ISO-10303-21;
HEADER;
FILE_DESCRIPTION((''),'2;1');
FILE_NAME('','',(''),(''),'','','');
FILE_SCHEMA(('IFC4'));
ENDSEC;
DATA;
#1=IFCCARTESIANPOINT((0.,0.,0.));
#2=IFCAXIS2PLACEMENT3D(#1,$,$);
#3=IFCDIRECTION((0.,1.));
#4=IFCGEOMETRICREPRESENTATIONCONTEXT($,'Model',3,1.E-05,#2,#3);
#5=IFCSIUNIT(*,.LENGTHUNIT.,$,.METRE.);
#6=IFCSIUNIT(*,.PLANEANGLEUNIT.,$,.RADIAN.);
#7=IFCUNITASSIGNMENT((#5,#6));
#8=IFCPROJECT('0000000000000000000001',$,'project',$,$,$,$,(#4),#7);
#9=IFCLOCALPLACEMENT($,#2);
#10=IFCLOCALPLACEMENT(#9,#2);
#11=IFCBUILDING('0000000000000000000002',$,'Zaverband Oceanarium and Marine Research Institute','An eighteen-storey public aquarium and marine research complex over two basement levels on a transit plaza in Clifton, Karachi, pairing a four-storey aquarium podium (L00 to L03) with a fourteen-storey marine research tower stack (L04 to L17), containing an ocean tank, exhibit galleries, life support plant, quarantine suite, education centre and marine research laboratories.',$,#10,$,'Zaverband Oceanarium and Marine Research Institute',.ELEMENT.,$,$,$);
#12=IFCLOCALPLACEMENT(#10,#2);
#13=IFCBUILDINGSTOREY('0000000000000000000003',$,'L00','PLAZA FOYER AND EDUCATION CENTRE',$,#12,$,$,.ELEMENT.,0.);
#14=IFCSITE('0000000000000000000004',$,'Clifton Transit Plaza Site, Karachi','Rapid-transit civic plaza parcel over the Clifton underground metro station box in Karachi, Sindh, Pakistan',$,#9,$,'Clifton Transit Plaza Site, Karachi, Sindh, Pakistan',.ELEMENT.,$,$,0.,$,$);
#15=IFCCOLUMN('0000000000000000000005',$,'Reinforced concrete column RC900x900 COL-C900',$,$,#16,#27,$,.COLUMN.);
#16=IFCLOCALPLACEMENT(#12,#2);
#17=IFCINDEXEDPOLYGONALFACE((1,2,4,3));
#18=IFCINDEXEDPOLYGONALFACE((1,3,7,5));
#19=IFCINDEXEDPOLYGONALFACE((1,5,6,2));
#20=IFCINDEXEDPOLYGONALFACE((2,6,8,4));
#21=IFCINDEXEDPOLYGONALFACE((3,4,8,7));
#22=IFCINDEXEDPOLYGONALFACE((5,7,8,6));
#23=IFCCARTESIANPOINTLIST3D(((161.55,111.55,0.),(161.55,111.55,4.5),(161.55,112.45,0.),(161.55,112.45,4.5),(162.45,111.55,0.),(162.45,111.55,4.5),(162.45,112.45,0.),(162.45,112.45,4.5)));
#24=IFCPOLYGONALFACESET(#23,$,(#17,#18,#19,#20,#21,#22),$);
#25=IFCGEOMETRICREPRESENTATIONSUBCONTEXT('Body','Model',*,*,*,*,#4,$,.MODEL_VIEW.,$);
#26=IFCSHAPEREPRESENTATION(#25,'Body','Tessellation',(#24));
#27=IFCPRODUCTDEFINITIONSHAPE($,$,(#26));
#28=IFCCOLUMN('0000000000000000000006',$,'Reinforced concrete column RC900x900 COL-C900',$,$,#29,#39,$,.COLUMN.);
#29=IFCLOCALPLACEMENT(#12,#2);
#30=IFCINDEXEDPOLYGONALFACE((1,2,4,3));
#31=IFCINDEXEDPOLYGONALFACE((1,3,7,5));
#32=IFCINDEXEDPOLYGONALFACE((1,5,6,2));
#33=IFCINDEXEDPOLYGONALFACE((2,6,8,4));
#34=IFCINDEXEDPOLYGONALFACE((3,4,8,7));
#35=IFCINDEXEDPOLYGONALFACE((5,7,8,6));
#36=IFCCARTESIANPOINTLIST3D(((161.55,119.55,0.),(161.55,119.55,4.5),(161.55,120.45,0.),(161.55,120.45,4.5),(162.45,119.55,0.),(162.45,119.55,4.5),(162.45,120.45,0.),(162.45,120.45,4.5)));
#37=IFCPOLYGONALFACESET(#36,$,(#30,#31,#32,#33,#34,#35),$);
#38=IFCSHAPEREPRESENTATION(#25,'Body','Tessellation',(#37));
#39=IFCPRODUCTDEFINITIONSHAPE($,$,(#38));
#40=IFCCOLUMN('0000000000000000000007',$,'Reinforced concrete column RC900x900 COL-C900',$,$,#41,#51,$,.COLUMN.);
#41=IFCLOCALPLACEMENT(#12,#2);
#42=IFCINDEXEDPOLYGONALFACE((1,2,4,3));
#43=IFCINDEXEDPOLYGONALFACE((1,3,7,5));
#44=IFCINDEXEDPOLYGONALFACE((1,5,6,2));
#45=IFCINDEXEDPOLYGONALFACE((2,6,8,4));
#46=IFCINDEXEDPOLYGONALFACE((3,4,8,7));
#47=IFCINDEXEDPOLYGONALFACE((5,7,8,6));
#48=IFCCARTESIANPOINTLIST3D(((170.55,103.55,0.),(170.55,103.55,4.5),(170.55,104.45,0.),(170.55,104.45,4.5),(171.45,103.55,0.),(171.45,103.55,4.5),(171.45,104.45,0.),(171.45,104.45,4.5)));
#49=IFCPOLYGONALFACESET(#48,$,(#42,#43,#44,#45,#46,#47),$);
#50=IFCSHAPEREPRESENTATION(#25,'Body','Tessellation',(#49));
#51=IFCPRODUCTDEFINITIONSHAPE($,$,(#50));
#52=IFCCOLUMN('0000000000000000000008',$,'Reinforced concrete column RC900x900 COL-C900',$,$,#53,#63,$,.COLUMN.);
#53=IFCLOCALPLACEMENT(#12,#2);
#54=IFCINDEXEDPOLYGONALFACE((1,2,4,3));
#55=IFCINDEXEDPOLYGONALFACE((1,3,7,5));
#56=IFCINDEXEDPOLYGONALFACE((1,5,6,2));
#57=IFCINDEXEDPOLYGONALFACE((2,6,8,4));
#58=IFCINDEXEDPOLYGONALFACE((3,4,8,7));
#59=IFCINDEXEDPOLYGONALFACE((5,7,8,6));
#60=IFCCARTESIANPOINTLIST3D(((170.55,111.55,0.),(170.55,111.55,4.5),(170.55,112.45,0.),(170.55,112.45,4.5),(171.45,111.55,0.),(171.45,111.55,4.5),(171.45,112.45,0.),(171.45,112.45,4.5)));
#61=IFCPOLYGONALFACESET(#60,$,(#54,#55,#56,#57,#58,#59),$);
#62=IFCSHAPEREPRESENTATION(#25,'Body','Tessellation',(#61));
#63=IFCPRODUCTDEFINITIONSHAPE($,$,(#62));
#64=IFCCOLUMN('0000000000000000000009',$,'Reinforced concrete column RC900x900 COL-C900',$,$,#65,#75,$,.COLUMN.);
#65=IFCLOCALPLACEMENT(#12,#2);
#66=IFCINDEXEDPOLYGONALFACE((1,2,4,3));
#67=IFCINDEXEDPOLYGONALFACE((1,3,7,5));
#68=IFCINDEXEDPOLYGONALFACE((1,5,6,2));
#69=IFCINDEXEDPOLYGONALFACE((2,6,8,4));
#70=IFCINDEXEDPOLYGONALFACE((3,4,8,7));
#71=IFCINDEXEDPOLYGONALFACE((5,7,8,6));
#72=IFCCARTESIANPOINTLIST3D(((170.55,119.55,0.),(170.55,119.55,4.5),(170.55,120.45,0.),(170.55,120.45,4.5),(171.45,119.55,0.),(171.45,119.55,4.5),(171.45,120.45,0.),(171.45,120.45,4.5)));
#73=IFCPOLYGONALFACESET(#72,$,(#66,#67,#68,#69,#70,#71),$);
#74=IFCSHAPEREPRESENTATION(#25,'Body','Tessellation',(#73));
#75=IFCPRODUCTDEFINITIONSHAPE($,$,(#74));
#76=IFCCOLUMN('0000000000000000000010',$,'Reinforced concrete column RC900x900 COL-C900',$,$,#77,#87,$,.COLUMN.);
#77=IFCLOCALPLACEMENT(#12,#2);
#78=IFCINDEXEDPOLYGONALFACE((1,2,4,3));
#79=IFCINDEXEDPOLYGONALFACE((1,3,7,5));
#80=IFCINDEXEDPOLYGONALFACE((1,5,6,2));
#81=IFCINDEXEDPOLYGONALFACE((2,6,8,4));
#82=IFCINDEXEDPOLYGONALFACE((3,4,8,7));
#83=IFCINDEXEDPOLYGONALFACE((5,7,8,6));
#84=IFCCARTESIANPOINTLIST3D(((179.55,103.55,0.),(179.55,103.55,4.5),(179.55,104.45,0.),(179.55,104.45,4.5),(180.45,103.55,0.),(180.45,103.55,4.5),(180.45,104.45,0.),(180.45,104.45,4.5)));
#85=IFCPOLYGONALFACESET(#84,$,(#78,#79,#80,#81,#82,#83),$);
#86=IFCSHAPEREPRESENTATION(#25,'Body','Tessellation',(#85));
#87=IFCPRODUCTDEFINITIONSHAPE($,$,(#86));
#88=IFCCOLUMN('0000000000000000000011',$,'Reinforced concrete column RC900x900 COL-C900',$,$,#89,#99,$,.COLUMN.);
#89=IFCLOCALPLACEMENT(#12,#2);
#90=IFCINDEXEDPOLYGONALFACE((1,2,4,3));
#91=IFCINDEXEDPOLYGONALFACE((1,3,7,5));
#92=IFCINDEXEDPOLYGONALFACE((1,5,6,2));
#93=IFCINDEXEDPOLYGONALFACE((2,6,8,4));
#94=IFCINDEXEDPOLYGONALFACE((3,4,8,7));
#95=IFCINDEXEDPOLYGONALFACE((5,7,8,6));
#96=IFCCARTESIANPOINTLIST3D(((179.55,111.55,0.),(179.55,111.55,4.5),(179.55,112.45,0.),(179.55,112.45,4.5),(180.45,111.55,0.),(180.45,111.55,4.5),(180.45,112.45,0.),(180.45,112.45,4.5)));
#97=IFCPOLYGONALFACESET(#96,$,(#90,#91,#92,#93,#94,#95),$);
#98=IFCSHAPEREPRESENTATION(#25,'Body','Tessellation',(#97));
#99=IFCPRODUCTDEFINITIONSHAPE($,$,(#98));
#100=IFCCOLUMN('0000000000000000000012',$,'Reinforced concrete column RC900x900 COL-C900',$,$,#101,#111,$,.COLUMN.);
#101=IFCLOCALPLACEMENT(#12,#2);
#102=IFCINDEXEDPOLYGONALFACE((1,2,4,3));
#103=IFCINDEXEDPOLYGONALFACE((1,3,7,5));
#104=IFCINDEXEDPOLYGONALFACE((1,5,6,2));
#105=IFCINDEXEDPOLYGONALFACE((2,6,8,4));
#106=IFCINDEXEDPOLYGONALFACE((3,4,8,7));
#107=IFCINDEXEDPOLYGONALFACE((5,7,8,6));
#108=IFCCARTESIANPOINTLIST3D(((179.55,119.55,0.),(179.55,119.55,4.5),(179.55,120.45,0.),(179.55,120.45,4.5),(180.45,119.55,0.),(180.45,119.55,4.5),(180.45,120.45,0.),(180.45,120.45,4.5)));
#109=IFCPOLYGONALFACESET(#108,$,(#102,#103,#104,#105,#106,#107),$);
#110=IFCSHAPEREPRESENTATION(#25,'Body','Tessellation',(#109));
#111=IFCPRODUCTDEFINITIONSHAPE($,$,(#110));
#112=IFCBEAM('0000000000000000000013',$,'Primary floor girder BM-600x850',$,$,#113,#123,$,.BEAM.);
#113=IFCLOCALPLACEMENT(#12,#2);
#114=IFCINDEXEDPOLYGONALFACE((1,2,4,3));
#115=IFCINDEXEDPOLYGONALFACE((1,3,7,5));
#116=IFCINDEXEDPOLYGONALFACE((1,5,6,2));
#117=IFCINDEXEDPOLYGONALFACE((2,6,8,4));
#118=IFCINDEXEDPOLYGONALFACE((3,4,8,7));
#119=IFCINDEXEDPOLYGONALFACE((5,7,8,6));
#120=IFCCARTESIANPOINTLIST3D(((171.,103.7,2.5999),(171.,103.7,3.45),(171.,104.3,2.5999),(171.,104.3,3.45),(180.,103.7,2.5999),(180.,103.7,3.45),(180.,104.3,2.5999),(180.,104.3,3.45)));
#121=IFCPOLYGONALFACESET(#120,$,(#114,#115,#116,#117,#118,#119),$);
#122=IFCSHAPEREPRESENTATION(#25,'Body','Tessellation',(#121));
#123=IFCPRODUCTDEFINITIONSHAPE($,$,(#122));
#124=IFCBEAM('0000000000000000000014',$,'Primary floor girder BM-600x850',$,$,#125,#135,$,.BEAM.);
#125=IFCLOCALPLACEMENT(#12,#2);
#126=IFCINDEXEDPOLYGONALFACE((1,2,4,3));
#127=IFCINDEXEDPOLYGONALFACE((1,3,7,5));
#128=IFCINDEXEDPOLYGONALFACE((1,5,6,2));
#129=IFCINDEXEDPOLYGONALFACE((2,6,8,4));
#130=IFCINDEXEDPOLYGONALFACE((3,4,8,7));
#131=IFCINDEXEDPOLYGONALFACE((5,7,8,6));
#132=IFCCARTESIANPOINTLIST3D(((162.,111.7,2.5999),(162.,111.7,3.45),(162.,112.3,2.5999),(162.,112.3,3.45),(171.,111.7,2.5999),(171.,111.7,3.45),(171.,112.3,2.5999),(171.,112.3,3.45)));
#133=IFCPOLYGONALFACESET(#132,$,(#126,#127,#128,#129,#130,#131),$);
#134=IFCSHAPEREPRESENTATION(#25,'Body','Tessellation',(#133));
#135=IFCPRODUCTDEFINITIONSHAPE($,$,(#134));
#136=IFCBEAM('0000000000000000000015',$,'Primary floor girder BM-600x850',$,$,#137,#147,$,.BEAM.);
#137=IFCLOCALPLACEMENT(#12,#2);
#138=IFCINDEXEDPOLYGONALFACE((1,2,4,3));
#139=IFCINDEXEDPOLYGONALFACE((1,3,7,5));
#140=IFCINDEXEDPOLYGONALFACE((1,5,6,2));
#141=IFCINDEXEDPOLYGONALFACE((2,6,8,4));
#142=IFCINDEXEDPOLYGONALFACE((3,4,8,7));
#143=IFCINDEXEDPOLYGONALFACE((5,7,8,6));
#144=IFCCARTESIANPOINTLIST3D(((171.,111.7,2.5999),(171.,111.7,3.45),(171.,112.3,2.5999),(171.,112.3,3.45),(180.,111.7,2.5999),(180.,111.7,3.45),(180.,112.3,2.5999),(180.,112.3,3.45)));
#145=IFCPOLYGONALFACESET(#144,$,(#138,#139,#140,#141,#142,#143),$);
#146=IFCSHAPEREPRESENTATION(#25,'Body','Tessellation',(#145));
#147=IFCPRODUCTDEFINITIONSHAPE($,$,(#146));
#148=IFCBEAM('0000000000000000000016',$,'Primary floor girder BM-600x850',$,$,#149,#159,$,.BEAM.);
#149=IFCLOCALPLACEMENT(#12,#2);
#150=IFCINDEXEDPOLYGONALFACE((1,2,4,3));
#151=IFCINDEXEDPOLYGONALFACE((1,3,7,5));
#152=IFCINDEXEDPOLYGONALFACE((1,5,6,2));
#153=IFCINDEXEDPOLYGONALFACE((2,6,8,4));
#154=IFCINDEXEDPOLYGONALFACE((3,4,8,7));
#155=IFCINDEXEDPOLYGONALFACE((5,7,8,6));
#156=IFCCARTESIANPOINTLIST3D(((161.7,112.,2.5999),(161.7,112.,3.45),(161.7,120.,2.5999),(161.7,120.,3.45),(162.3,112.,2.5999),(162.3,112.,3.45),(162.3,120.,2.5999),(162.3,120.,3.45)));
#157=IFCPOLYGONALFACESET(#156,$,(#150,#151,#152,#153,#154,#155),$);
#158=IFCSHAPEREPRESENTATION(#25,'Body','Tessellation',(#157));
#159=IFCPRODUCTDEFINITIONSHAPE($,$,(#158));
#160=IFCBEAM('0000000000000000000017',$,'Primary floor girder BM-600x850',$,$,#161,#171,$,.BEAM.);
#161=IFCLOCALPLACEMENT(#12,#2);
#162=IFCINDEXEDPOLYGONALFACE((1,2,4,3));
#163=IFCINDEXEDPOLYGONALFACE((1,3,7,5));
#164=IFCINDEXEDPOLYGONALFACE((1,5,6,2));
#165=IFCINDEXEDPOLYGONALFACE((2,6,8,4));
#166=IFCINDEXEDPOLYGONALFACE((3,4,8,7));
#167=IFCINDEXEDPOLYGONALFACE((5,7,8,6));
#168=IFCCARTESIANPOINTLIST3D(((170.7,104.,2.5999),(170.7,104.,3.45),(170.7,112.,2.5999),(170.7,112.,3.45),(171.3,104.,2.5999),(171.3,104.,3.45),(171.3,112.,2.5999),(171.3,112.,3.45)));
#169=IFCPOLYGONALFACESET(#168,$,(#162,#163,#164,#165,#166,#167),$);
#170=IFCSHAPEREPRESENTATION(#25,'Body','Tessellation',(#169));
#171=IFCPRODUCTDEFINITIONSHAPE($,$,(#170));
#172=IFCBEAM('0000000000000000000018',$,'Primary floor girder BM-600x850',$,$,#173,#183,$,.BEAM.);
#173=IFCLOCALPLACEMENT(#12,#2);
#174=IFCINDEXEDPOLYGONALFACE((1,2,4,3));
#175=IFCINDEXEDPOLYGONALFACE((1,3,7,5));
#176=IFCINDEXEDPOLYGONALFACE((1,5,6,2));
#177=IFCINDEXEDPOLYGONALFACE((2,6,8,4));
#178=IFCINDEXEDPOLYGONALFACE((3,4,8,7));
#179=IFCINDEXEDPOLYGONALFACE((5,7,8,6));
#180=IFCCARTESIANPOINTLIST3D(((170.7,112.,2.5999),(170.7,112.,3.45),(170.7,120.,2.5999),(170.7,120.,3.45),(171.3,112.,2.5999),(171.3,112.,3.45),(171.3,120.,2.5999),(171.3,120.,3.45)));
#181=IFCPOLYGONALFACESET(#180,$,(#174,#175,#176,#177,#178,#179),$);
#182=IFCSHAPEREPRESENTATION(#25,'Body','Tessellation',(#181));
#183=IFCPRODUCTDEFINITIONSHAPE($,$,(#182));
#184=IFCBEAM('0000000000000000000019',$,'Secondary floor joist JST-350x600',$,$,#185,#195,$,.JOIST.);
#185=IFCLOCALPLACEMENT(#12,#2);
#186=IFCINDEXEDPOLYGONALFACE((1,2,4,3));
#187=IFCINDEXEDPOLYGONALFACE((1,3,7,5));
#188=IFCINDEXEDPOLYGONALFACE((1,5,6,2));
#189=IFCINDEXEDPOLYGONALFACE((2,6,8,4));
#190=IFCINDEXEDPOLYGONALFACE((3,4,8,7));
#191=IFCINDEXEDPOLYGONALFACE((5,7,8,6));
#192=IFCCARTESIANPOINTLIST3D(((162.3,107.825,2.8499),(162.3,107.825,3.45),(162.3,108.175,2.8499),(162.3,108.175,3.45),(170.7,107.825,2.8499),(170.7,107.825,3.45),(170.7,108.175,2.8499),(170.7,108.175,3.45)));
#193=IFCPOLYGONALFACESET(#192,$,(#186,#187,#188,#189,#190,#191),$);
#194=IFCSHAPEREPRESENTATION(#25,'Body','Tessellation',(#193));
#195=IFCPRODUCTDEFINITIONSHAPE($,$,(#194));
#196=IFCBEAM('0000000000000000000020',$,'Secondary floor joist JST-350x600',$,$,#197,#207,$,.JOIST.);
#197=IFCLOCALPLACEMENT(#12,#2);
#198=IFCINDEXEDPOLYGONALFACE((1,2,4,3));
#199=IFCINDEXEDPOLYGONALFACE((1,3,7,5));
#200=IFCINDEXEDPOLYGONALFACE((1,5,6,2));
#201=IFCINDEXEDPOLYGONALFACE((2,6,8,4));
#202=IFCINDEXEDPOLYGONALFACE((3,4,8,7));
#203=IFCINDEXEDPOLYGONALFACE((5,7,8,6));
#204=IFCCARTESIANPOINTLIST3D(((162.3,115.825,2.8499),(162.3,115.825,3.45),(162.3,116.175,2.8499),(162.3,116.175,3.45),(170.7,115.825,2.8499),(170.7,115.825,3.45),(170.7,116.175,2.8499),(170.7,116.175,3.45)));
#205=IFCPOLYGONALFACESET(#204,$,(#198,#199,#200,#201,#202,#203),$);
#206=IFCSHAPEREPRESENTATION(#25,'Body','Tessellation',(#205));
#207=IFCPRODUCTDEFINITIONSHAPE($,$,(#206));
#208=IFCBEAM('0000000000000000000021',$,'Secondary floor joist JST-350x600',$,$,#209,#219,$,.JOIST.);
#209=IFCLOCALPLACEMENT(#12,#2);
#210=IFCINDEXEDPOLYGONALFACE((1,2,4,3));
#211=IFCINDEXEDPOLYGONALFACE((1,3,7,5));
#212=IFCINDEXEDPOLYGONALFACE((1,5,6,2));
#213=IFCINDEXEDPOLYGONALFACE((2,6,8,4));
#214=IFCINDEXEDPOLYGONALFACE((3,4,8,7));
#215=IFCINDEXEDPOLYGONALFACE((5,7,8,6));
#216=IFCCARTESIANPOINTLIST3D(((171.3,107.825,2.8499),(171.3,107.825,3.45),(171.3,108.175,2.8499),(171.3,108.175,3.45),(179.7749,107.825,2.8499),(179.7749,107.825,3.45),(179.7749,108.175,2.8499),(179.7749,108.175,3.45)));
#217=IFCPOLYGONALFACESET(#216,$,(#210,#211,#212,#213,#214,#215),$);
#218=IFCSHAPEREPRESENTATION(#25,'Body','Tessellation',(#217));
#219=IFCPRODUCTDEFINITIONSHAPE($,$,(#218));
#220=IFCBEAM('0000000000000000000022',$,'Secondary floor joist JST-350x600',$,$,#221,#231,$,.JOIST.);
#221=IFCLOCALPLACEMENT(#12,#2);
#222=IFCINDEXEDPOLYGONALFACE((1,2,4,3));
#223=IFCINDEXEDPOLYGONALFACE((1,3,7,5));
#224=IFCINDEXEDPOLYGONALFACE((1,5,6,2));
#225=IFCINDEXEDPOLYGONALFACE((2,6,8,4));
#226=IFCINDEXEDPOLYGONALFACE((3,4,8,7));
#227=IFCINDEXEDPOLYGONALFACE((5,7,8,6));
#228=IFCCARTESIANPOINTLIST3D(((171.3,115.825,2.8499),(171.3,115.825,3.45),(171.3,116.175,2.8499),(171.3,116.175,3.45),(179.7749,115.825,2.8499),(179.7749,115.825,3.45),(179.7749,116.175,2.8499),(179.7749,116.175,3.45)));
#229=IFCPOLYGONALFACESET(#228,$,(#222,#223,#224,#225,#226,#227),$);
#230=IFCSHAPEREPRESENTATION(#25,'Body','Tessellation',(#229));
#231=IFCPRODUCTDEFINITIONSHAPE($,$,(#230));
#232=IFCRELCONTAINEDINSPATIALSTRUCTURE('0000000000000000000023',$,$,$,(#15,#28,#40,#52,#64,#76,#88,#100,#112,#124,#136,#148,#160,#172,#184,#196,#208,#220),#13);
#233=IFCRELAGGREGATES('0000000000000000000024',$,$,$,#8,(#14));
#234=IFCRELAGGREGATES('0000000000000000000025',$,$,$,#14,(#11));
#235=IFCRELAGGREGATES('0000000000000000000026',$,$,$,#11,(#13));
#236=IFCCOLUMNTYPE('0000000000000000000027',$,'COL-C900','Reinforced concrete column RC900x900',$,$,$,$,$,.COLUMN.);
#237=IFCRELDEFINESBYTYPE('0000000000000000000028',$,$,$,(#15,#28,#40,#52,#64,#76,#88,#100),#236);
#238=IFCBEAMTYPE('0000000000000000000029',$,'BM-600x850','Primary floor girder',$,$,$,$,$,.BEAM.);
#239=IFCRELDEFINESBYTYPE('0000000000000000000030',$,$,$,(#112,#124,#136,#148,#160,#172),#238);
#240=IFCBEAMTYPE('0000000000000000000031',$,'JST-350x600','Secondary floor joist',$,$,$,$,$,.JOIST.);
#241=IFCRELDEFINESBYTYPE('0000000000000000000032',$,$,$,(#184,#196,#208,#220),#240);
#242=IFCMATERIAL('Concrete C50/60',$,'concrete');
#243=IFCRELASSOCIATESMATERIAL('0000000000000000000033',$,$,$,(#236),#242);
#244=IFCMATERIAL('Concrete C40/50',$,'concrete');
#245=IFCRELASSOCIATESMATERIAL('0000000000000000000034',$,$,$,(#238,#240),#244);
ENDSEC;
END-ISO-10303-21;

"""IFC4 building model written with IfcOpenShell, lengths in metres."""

from ifc_helpers import new_model, si_unit, direction, frame, origin, origin_2d, place, context, subcontext, project, spatial, rectangle, extrude, material, material_profile, profile_set, type_object, element, save


model = new_model("IFC4")

# Units and contexts
model_context = context("Model", 3, precision=1e-05, world=origin(), true_north=direction((0.0, 1.0)))
body_context = subcontext(model_context, "Body", "Model", "MODEL_VIEW")
ifc_project = project(units=[si_unit("LENGTHUNIT", "METRE"), si_unit("PLANEANGLEUNIT", "RADIAN")], contexts=[model_context])

# Site, building, storey
site_placement = place(None, origin())
site = spatial("IfcSite", under=ifc_project, at=site_placement, Name="Clifton Transit Plaza Site, Karachi", Description="Rapid-transit civic plaza parcel over the Clifton underground metro station box in Karachi, Sindh, Pakistan", LongName="Clifton Transit Plaza Site, Karachi, Sindh, Pakistan", CompositionType="ELEMENT", RefElevation=0.0)
building_placement = place(site_placement, origin())
building = spatial("IfcBuilding", under=site, at=building_placement, Name="Zaverband Oceanarium and Marine Research Institute", Description="An eighteen-storey public aquarium and marine research complex over two basement levels on a transit plaza in Clifton, Karachi, pairing a four-storey aquarium podium (L00 to L03) with a fourteen-storey marine research tower stack (L04 to L17), containing an ocean tank, exhibit galleries, life support plant, quarantine suite, education centre and marine research laboratories.", LongName="Zaverband Oceanarium and Marine Research Institute", CompositionType="ELEMENT")
storey_placement = place(building_placement, origin())
storey = spatial("IfcBuildingStorey", under=building, at=storey_placement, Name="L00", Description="PLAZA FOYER AND EDUCATION CENTRE", CompositionType="ELEMENT", Elevation=0.0)

# Columns
ifc_material_1 = material(Name="Concrete C50/60", Category="concrete")
ifc_material_profile_1 = material_profile(ifc_material_1, rectangle(XDim=0.8999, YDim=0.8999, at=origin_2d()), Name="RC900x900")
ifc_profile_set_1 = profile_set([ifc_material_profile_1], Name="Concrete C50/60")
column_type = type_object("IfcColumnType", Name="COL-C900", Description="Reinforced concrete column RC900x900", PredefinedType="COLUMN", material=ifc_profile_set_1)
for number, where, z_axis, x_axis, name in (
    (1, (162.0, 112.0, 0.0), (0.0, 0.0, 1.0), (1.0, 0.0, 0.0), "Reinforced concrete column RC900x900 COL-C900"),
    (2, (162.0, 120.0, 0.0), (0.0, 0.0, 1.0), (1.0, 0.0, 0.0), "Reinforced concrete column RC900x900 COL-C900"),
    (3, (171.0, 104.0, 0.0), (0.0, 0.0, 1.0), (1.0, 0.0, 0.0), "Reinforced concrete column RC900x900 COL-C900"),
    (4, (171.0, 112.0, 0.0), (0.0, 0.0, 1.0), (1.0, 0.0, 0.0), "Reinforced concrete column RC900x900 COL-C900"),
    (5, (171.0, 120.0, 0.0), (0.0, 0.0, 1.0), (1.0, 0.0, 0.0), "Reinforced concrete column RC900x900 COL-C900"),
    (6, (180.0, 104.0, 0.0), (0.0, 0.0, 1.0), (1.0, 0.0, 0.0), "Reinforced concrete column RC900x900 COL-C900"),
    (7, (180.0, 112.0, 0.0), (0.0, 0.0, 1.0), (1.0, 0.0, 0.0), "Reinforced concrete column RC900x900 COL-C900"),
    (8, (180.0, 120.0, 0.0), (0.0, 0.0, 1.0), (1.0, 0.0, 0.0), "Reinforced concrete column RC900x900 COL-C900"),
):
    element("IfcColumn", number, at=place(storey_placement, frame(where, z_axis=z_axis, x_axis=x_axis)), inside=storey, type_object=column_type, Name=name, PredefinedType="COLUMN", context=body_context, shape_type="SweptSolid", body=[
        extrude(rectangle(XDim=0.8999, YDim=0.8999, at=origin_2d()), origin(), (0.0, 0.0, 1.0), 4.5),
    ])

# Beams
ifc_material_2 = material(Name="Concrete C40/50", Category="concrete")
ifc_material_profile_2 = material_profile(ifc_material_2, rectangle(XDim=0.6001, YDim=0.8501, at=origin_2d()), Name="RC600x850")
ifc_profile_set_2 = profile_set([ifc_material_profile_2], Name="Concrete C40/50")
beam_type_1 = type_object("IfcBeamType", Name="BM-600x850", Description="Primary floor girder", PredefinedType="BEAM", material=ifc_profile_set_2)
for number, where, z_axis, x_axis, name in (
    (9, (171.0, 104.0, 3.0249), (1.0, 0.0, 0.0), (0.0, 1.0, 0.0), "Primary floor girder BM-600x850"),
    (10, (162.0, 112.0, 3.0249), (1.0, 0.0, 0.0), (0.0, 1.0, 0.0), "Primary floor girder BM-600x850"),
    (11, (171.0, 112.0, 3.0249), (1.0, 0.0, 0.0), (0.0, 1.0, 0.0), "Primary floor girder BM-600x850"),
):
    element("IfcBeam", number, at=place(storey_placement, frame(where, z_axis=z_axis, x_axis=x_axis)), inside=storey, type_object=beam_type_1, Name=name, PredefinedType="BEAM", context=body_context, shape_type="SweptSolid", body=[
        extrude(rectangle(XDim=0.6001, YDim=0.8501, at=origin_2d()), origin(), (0.0, 0.0, 1.0), 9.0),
    ])
for number, where, z_axis, x_axis, name in (
    (12, (162.0, 112.0, 3.0249), (0.0, 1.0, 0.0), (-1.0, 0.0, 0.0), "Primary floor girder BM-600x850"),
    (13, (171.0, 104.0, 3.0249), (0.0, 1.0, 0.0), (-1.0, 0.0, 0.0), "Primary floor girder BM-600x850"),
    (14, (171.0, 112.0, 3.0249), (0.0, 1.0, 0.0), (-1.0, 0.0, 0.0), "Primary floor girder BM-600x850"),
):
    element("IfcBeam", number, at=place(storey_placement, frame(where, z_axis=z_axis, x_axis=x_axis)), inside=storey, type_object=beam_type_1, Name=name, PredefinedType="BEAM", context=body_context, shape_type="SweptSolid", body=[
        extrude(rectangle(XDim=0.6001, YDim=0.8501, at=origin_2d()), origin(), (0.0, 0.0, 1.0), 8.0),
    ])
ifc_material_profile_3 = material_profile(ifc_material_2, rectangle(XDim=0.3501, YDim=0.6001, at=origin_2d()), Name="RC350x600")
ifc_profile_set_3 = profile_set([ifc_material_profile_3], Name="Concrete C40/50")
beam_type_2 = type_object("IfcBeamType", Name="JST-350x600", Description="Secondary floor joist", PredefinedType="JOIST", material=ifc_profile_set_3)
for number, where, z_axis, x_axis, name in (
    (15, (162.3, 108.0, 3.1499), (1.0, 0.0, 0.0), (0.0, 1.0, 0.0), "Secondary floor joist JST-350x600"),
    (16, (162.3, 116.0, 3.1499), (1.0, 0.0, 0.0), (0.0, 1.0, 0.0), "Secondary floor joist JST-350x600"),
):
    element("IfcBeam", number, at=place(storey_placement, frame(where, z_axis=z_axis, x_axis=x_axis)), inside=storey, type_object=beam_type_2, Name=name, PredefinedType="JOIST", context=body_context, shape_type="SweptSolid", body=[
        extrude(rectangle(XDim=0.3501, YDim=0.6001, at=origin_2d()), origin(), (0.0, 0.0, 1.0), 8.3999),
    ])
for number, where, z_axis, x_axis, name in (
    (17, (171.3, 108.0, 3.1499), (1.0, 0.0, 0.0), (0.0, 1.0, 0.0), "Secondary floor joist JST-350x600"),
    (18, (171.3, 116.0, 3.1499), (1.0, 0.0, 0.0), (0.0, 1.0, 0.0), "Secondary floor joist JST-350x600"),
):
    element("IfcBeam", number, at=place(storey_placement, frame(where, z_axis=z_axis, x_axis=x_axis)), inside=storey, type_object=beam_type_2, Name=name, PredefinedType="JOIST", context=body_context, shape_type="SweptSolid", body=[
        extrude(rectangle(XDim=0.3501, YDim=0.6001, at=origin_2d()), origin(), (0.0, 0.0, 1.0), 8.4749),
    ])

save(model, "model.ifc")
